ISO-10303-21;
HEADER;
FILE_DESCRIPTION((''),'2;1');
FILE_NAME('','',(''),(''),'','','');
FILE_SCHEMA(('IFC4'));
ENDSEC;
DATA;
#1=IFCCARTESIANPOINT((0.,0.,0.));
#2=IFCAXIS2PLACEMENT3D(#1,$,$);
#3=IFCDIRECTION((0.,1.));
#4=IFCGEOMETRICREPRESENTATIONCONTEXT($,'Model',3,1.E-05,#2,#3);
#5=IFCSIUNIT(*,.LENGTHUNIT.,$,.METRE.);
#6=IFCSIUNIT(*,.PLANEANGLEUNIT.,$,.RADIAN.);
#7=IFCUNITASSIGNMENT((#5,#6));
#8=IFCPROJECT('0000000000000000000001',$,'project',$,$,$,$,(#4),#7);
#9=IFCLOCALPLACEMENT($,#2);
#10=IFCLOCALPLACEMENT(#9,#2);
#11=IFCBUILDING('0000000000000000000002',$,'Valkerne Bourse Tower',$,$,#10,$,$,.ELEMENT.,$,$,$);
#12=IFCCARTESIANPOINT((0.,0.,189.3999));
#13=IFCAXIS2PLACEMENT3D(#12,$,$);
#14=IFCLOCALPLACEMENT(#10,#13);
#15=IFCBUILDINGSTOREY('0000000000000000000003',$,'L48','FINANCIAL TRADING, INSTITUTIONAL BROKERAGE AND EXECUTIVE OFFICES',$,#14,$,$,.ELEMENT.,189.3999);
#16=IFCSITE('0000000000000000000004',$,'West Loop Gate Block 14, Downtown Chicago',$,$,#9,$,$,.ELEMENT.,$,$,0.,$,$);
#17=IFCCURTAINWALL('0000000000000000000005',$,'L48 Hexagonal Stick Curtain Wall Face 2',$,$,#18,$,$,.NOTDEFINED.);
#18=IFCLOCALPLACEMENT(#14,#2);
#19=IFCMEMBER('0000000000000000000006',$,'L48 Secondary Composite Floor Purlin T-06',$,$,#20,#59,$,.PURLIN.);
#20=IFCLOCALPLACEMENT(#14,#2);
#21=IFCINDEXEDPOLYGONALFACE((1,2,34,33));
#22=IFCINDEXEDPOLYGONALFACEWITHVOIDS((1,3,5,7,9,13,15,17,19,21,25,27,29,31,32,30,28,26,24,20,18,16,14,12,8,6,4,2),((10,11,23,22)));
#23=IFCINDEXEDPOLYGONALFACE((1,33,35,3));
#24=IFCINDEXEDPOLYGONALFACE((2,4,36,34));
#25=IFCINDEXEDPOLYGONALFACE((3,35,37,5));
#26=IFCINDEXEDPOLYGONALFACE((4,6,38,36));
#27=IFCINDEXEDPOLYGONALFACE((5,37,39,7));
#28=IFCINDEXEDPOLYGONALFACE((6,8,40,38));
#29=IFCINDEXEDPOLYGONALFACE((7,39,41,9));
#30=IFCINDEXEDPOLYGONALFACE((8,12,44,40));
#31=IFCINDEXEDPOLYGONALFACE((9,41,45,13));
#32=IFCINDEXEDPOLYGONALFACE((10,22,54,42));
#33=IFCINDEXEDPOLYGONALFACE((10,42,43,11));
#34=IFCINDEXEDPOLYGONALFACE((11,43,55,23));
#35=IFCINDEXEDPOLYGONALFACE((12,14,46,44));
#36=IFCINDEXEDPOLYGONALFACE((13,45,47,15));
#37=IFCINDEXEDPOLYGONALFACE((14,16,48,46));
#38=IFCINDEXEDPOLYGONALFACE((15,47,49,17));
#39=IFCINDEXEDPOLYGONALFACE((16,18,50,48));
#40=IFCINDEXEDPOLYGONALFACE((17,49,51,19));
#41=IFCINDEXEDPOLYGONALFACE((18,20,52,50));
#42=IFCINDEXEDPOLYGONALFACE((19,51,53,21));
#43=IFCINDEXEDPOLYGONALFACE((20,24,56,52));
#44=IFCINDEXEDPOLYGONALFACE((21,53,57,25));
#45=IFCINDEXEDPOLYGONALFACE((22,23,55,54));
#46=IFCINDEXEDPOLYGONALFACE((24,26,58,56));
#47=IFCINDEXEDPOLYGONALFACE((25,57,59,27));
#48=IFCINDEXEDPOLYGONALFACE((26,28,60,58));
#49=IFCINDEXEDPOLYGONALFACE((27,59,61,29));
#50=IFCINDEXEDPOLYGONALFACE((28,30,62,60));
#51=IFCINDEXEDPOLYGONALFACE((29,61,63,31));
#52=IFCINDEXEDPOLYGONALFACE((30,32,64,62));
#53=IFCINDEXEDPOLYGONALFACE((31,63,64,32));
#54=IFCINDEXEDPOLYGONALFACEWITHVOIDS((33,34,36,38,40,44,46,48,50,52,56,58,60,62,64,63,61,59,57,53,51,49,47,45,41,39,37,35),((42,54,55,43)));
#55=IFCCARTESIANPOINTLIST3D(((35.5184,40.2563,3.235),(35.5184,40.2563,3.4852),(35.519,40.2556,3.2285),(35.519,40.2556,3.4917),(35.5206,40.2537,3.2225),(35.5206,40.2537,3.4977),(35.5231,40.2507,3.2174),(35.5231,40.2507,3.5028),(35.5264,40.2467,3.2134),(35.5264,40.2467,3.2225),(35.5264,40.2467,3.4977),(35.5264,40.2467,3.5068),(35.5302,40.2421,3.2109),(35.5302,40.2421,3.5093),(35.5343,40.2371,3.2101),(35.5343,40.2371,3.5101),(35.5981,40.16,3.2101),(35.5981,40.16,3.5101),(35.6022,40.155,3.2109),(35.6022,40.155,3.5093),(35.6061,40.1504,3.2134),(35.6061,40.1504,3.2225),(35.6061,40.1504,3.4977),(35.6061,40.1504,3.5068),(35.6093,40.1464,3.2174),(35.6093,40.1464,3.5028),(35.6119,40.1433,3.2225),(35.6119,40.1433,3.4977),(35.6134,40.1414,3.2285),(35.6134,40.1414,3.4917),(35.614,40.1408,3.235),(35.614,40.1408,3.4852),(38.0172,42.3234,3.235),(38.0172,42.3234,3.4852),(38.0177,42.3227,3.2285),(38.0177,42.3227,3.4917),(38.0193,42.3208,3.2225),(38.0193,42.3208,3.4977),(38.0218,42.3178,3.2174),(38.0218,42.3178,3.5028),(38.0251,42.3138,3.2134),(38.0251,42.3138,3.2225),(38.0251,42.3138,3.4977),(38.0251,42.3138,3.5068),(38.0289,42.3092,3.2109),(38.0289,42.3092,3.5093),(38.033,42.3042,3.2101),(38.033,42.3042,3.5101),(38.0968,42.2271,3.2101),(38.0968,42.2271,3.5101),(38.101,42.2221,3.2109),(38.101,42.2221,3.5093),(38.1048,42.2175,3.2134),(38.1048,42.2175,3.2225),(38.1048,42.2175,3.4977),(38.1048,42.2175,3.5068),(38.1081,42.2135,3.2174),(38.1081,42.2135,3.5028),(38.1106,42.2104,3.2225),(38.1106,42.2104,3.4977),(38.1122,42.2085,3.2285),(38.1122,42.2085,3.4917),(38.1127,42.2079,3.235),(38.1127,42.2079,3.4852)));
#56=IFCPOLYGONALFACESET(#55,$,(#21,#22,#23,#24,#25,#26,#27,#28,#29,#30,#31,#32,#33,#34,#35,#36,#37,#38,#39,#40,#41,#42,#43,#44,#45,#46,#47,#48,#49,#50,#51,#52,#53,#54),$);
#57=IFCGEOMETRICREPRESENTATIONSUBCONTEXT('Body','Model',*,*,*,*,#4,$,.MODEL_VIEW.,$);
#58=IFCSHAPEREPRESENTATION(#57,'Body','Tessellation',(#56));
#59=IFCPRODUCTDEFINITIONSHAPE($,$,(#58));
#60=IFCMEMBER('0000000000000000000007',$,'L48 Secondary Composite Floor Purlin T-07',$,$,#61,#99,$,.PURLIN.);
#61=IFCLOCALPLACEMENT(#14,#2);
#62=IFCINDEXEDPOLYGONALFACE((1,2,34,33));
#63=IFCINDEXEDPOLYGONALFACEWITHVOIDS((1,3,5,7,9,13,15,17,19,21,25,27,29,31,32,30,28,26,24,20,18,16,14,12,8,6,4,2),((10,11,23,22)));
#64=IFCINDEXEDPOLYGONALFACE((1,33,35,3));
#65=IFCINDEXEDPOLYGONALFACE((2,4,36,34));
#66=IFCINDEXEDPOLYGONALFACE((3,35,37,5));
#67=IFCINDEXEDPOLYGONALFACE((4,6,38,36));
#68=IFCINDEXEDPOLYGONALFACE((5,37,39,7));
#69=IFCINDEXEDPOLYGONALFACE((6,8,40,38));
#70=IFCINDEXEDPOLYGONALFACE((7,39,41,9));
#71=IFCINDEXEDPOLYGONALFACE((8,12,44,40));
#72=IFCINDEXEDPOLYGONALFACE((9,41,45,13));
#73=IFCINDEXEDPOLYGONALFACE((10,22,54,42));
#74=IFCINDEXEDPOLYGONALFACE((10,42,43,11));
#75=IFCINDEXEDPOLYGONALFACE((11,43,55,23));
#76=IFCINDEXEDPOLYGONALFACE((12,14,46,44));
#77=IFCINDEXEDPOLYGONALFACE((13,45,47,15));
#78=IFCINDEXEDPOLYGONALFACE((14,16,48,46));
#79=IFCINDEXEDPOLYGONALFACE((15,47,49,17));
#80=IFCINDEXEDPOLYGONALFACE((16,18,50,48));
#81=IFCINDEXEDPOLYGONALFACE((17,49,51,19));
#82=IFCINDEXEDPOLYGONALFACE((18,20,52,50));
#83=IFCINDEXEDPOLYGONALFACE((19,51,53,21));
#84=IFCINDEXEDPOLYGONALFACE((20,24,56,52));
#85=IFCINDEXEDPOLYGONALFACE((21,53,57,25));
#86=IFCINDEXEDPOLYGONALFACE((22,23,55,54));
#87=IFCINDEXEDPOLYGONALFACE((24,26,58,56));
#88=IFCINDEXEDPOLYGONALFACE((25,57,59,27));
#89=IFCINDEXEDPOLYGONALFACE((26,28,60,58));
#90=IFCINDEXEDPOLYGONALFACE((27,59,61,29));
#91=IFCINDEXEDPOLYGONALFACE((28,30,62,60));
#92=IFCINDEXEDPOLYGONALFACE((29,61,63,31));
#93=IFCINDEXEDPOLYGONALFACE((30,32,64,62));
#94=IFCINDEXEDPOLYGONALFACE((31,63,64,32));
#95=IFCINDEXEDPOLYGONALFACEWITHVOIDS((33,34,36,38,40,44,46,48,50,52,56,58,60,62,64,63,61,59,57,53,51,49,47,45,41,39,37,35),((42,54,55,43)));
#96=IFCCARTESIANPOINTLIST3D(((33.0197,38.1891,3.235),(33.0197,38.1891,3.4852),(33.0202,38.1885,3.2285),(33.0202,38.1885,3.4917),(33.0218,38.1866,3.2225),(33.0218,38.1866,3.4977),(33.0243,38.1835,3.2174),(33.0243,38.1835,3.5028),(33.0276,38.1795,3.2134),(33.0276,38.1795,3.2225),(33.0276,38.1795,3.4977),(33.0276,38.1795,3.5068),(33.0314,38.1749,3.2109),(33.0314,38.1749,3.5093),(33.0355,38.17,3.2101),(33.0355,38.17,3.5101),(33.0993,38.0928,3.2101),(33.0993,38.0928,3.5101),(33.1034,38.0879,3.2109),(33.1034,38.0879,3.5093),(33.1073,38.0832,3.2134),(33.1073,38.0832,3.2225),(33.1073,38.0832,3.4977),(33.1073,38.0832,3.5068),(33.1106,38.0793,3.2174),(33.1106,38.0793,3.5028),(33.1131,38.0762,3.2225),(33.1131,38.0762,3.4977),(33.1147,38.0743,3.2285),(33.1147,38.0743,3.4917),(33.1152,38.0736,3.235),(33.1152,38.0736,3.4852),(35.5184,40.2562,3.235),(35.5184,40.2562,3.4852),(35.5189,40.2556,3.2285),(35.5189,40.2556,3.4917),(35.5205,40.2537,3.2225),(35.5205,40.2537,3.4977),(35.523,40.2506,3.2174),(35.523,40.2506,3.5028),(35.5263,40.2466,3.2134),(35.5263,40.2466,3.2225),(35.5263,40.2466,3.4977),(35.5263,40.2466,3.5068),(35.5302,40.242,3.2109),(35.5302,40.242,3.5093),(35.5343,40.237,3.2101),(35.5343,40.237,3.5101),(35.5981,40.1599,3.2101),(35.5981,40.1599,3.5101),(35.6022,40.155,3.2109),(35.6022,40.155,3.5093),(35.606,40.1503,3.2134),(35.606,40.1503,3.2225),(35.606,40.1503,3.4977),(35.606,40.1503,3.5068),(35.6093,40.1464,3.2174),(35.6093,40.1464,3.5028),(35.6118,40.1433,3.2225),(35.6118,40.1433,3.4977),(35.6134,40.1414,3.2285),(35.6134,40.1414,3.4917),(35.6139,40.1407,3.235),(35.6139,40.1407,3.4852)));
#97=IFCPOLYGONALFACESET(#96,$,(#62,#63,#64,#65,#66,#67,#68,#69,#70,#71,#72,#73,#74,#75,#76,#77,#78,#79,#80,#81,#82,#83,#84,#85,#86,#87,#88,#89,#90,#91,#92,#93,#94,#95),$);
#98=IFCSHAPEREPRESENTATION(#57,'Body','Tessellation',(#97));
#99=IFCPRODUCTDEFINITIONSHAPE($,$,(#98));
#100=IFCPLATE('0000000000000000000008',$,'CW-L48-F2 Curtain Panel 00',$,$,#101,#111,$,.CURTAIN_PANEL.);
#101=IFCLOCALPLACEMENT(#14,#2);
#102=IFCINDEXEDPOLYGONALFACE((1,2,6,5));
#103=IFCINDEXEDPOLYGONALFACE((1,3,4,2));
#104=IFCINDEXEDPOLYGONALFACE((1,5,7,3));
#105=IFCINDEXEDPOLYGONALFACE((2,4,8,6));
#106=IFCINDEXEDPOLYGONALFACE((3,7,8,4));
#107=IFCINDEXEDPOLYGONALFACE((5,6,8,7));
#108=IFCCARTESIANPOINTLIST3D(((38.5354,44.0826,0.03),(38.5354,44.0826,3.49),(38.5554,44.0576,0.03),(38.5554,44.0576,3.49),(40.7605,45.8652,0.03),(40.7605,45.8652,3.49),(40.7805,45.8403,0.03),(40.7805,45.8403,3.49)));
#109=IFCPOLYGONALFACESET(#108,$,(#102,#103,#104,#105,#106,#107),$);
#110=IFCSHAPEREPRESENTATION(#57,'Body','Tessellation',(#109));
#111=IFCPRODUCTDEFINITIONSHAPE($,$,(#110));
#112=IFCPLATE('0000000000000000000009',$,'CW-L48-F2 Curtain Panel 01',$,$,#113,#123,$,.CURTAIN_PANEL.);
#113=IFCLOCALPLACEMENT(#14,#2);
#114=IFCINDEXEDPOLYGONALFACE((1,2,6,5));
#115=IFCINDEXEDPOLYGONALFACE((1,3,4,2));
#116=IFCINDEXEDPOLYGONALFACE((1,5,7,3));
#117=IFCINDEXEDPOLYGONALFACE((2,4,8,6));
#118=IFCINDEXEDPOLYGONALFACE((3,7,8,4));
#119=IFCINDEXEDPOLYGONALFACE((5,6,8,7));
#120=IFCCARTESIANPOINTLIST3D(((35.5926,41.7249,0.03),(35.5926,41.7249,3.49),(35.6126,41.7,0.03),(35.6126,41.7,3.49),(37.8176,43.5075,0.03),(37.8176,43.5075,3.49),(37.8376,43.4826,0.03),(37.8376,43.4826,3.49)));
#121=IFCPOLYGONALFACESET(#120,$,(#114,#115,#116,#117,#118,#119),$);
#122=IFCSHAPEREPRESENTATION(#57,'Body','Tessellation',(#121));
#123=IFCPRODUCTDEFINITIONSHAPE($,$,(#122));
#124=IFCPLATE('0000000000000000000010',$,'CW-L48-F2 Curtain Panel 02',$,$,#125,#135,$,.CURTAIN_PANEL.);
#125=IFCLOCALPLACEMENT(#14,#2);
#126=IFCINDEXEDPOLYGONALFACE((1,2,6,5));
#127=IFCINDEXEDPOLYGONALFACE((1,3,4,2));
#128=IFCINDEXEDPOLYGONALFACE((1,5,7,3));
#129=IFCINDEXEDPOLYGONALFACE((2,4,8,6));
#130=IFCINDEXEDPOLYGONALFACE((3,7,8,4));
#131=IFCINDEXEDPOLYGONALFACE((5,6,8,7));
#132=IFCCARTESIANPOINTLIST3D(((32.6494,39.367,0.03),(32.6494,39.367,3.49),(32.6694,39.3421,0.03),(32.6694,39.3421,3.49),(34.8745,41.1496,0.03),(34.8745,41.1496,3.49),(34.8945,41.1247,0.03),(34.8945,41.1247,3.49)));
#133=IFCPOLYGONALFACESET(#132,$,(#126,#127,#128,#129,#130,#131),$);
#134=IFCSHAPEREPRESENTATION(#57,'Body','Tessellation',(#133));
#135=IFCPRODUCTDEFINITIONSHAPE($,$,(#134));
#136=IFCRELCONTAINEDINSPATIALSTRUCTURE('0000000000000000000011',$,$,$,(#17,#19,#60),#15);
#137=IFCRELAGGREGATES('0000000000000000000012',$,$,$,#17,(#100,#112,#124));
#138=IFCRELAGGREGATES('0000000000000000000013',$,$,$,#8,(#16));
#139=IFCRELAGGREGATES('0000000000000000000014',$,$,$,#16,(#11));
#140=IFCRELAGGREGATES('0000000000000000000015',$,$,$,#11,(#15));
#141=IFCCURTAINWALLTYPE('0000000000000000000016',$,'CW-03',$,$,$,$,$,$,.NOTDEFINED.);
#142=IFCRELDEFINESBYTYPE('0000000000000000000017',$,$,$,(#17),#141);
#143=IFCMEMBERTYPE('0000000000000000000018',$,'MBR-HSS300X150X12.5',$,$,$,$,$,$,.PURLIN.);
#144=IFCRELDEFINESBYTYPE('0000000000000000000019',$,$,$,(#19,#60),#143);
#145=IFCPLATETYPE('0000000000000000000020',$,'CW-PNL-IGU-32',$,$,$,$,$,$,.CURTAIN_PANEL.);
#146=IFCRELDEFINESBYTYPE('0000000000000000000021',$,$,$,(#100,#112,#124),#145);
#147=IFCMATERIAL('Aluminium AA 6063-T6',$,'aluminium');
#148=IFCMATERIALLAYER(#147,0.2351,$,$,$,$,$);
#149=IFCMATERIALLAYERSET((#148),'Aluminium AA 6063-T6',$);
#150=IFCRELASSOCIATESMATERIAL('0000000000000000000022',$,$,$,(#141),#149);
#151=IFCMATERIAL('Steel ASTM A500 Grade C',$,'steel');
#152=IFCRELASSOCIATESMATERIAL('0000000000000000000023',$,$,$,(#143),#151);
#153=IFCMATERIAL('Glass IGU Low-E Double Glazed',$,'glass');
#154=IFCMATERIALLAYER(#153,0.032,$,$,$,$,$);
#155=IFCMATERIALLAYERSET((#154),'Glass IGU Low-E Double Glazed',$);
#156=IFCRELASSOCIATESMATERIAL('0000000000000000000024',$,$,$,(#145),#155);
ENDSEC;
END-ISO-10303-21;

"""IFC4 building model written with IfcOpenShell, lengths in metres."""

from ifc_helpers import new_model, si_unit, direction, frame, origin, origin_2d, place, context, subcontext, project, spatial, rectangle, hollow_rectangle, extrude, material, layer, layer_set, material_profile, profile_set, type_object, element, aggregate, save


model = new_model("IFC4")

# Units and contexts
model_context = context("Model", 3, precision=1e-05, world=origin(), true_north=direction((0.0, 1.0)))
body_context = subcontext(model_context, "Body", "Model", "MODEL_VIEW")
ifc_project = project(units=[si_unit("LENGTHUNIT", "METRE"), si_unit("PLANEANGLEUNIT", "RADIAN")], contexts=[model_context])

# Site, building, storey
site_placement = place(None, origin())
site = spatial("IfcSite", under=ifc_project, at=site_placement, Name="West Loop Gate Block 14, Downtown Chicago", CompositionType="ELEMENT", RefElevation=0.0)
building_placement = place(site_placement, origin())
building = spatial("IfcBuilding", under=site, at=building_placement, Name="Valkerne Bourse Tower", CompositionType="ELEMENT")
storey_placement = place(building_placement, frame((0.0, 0.0, 189.3999)))
storey = spatial("IfcBuildingStorey", under=building, at=storey_placement, Name="L48", Description="FINANCIAL TRADING, INSTITUTIONAL BROKERAGE AND EXECUTIVE OFFICES", CompositionType="ELEMENT", Elevation=189.3999)

# Curtain wall
ifc_material_1 = material(Name="Aluminium AA 6063-T6", Category="aluminium")
ifc_layer_1 = layer(ifc_material_1, 0.2351)
ifc_layer_set_1 = layer_set([ifc_layer_1], Name="Aluminium AA 6063-T6")
curtain_wall_type = type_object("IfcCurtainWallType", Name="CW-03", PredefinedType="NOTDEFINED", material=ifc_layer_set_1)
curtain_wall_placement = place(storey_placement, origin())
curtain_wall = element("IfcCurtainWall", 1, at=curtain_wall_placement, inside=storey, type_object=curtain_wall_type, Name="L48 Hexagonal Stick Curtain Wall Face 2", PredefinedType="NOTDEFINED")

# Members
ifc_material_2 = material(Name="Steel ASTM A500 Grade C", Category="steel")
ifc_material_profile_1 = material_profile(ifc_material_2, hollow_rectangle(XDim=0.1499, YDim=0.3, WallThickness=0.0125, OuterFilletRadius=0.0249, at=origin_2d()), Name="HSS300X150X12.5")
ifc_profile_set_1 = profile_set([ifc_material_profile_1], Name="Steel ASTM A500 Grade C")
member_type_1 = type_object("IfcMemberType", Name="MBR-HSS300X150X12.5", PredefinedType="PURLIN", material=ifc_profile_set_1)
for number, where, z_axis, x_axis, name in (
    (2, (38.0649, 42.2656, 3.3601), (-0.770518, -0.637418, 0.0), (0.637418, -0.770518, 0.0), "L48 Secondary Composite Floor Purlin T-06"),
    (3, (35.5662, 40.1985, 3.3601), (-0.770518, -0.637418, 0.0), (0.637418, -0.770518, 0.0), "L48 Secondary Composite Floor Purlin T-07"),
):
    element("IfcMember", number, at=place(storey_placement, frame(where, z_axis=z_axis, x_axis=x_axis)), inside=storey, type_object=member_type_1, Name=name, PredefinedType="PURLIN", context=body_context, shape_type="SweptSolid", body=[
        extrude(hollow_rectangle(XDim=0.1499, YDim=0.3, WallThickness=0.0125, OuterFilletRadius=0.0249, at=origin_2d()), origin(), (0.0, 0.0, 1.0), 3.2429),
    ])

# Plates
ifc_material_3 = material(Name="Glass IGU Low-E Double Glazed", Category="glass")
ifc_layer_2 = layer(ifc_material_3, 0.032)
ifc_layer_set_2 = layer_set([ifc_layer_2], Name="Glass IGU Low-E Double Glazed")
plate_type = type_object("IfcPlateType", Name="CW-PNL-IGU-32", PredefinedType="CURTAIN_PANEL", material=ifc_layer_set_2)
plate_1_placement = place(storey_placement, frame((39.658, 44.9614, 0.03), z_axis=(0.0, 0.0, 1.0), x_axis=(-0.780429, -0.625245, 0.0)))
plate_1 = element("IfcPlate", 4, at=plate_1_placement, type_object=plate_type, Name="CW-L48-F2 Curtain Panel 00", PredefinedType="CURTAIN_PANEL", context=body_context, shape_type="SweptSolid", body=[
    extrude(rectangle(XDim=2.8511, YDim=0.032, at=origin_2d()), origin(), (0.0, 0.0, 1.0), 3.46),
])
plate_2_placement = place(storey_placement, frame((36.7151, 42.6038, 0.03), z_axis=(0.0, 0.0, 1.0), x_axis=(-0.780429, -0.625245, 0.0)))
plate_2 = element("IfcPlate", 5, at=plate_2_placement, type_object=plate_type, Name="CW-L48-F2 Curtain Panel 01", PredefinedType="CURTAIN_PANEL", context=body_context, shape_type="SweptSolid", body=[
    extrude(rectangle(XDim=2.8511, YDim=0.032, at=origin_2d()), origin(), (0.0, 0.0, 1.0), 3.46),
])
plate_3_placement = place(storey_placement, frame((33.772, 40.2458, 0.03), z_axis=(0.0, 0.0, 1.0), x_axis=(-0.780429, -0.625245, 0.0)))
plate_3 = element("IfcPlate", 6, at=plate_3_placement, type_object=plate_type, Name="CW-L48-F2 Curtain Panel 02", PredefinedType="CURTAIN_PANEL", context=body_context, shape_type="SweptSolid", body=[
    extrude(rectangle(XDim=2.8511, YDim=0.032, at=origin_2d()), origin(), (0.0, 0.0, 1.0), 3.46),
])
aggregate(curtain_wall, [plate_1, plate_2, plate_3])

save(model, "model.ifc")
